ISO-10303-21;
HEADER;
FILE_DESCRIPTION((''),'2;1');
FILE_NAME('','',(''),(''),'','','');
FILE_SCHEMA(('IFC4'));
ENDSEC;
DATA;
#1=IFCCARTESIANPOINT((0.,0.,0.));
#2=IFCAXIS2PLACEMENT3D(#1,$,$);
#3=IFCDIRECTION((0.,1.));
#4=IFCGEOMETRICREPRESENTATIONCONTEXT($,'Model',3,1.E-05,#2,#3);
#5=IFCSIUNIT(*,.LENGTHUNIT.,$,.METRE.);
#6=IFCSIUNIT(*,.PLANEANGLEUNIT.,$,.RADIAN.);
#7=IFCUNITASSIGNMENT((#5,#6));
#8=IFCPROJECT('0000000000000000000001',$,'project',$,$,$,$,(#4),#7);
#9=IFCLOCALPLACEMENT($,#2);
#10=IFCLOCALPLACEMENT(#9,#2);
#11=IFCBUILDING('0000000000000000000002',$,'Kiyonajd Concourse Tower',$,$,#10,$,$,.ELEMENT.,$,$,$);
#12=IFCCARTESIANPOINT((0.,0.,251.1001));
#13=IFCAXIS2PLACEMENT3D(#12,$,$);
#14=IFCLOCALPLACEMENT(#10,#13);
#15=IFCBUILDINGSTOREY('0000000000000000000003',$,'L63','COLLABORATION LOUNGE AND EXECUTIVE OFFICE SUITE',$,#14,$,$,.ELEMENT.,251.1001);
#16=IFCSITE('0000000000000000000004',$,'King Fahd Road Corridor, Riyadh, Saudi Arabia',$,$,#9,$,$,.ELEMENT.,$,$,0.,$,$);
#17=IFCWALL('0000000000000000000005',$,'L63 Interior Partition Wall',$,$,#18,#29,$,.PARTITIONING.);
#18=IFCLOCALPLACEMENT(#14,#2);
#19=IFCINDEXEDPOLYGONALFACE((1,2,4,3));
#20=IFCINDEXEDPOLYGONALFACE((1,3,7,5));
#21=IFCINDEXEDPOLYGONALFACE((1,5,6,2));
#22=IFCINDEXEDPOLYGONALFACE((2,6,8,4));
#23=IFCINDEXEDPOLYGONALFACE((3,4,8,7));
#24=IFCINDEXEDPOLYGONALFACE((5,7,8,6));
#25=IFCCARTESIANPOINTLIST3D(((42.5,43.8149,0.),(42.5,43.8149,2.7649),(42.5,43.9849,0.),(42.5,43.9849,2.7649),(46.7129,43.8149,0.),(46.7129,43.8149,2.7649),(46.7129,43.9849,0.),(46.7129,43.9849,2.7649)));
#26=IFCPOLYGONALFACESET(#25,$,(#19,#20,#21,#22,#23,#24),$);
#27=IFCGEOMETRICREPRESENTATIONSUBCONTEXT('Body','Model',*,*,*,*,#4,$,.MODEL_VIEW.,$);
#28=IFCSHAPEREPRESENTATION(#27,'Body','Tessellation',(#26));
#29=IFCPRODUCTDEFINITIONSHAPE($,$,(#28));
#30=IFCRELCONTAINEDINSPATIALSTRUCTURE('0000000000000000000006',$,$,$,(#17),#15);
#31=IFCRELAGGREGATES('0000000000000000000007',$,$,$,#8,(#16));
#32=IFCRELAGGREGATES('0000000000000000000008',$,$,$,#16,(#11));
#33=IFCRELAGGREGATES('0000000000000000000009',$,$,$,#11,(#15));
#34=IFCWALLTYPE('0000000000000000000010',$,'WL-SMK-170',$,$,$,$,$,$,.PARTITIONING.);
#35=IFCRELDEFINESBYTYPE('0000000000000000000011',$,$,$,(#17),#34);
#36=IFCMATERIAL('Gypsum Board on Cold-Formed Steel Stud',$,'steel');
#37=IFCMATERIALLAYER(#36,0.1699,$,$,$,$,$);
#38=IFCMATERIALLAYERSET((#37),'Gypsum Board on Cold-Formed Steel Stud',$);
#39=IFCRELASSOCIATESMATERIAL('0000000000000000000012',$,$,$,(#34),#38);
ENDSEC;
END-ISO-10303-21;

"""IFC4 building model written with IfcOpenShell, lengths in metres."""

from ifc_helpers import new_model, si_unit, direction, frame, frame_2d, origin, place, context, subcontext, project, spatial, rectangle, extrude, material, layer, layer_set, type_object, element, save


model = new_model("IFC4")

# Units and contexts
model_context = context("Model", 3, precision=1e-05, world=origin(), true_north=direction((0.0, 1.0)))
body_context = subcontext(model_context, "Body", "Model", "MODEL_VIEW")
ifc_project = project(units=[si_unit("LENGTHUNIT", "METRE"), si_unit("PLANEANGLEUNIT", "RADIAN")], contexts=[model_context])

# Site, building, storey
site_placement = place(None, origin())
site = spatial("IfcSite", under=ifc_project, at=site_placement, Name="King Fahd Road Corridor, Riyadh, Saudi Arabia", CompositionType="ELEMENT", RefElevation=0.0)
building_placement = place(site_placement, origin())
building = spatial("IfcBuilding", under=site, at=building_placement, Name="Kiyonajd Concourse Tower", CompositionType="ELEMENT")
storey_placement = place(building_placement, frame((0.0, 0.0, 251.1001)))
storey = spatial("IfcBuildingStorey", under=building, at=storey_placement, Name="L63", Description="COLLABORATION LOUNGE AND EXECUTIVE OFFICE SUITE", CompositionType="ELEMENT", Elevation=251.1001)

# Wall
ifc_material_1 = material(Name="Gypsum Board on Cold-Formed Steel Stud", Category="steel")
ifc_layer_1 = layer(ifc_material_1, 0.1699)
ifc_layer_set_1 = layer_set([ifc_layer_1], Name="Gypsum Board on Cold-Formed Steel Stud")
wall_type_1 = type_object("IfcWallType", Name="WL-SMK-170", PredefinedType="PARTITIONING", material=ifc_layer_set_1)
wall_1_placement = place(storey_placement, frame((42.5, 43.8999, 0.0), z_axis=(0.0, 0.0, 1.0), x_axis=(1.0, 0.0, 0.0)))
element("IfcWall", 1, at=wall_1_placement, inside=storey, type_object=wall_type_1, Name="L63 Interior Partition Wall", PredefinedType="PARTITIONING", context=body_context, shape_type="SweptSolid", body=[
    extrude(rectangle(XDim=4.2129, YDim=0.1699, at=frame_2d((2.1064, 0.0))), origin(), (0.0, 0.0, 1.0), 2.7649),
])

save(model, "model.ifc")
